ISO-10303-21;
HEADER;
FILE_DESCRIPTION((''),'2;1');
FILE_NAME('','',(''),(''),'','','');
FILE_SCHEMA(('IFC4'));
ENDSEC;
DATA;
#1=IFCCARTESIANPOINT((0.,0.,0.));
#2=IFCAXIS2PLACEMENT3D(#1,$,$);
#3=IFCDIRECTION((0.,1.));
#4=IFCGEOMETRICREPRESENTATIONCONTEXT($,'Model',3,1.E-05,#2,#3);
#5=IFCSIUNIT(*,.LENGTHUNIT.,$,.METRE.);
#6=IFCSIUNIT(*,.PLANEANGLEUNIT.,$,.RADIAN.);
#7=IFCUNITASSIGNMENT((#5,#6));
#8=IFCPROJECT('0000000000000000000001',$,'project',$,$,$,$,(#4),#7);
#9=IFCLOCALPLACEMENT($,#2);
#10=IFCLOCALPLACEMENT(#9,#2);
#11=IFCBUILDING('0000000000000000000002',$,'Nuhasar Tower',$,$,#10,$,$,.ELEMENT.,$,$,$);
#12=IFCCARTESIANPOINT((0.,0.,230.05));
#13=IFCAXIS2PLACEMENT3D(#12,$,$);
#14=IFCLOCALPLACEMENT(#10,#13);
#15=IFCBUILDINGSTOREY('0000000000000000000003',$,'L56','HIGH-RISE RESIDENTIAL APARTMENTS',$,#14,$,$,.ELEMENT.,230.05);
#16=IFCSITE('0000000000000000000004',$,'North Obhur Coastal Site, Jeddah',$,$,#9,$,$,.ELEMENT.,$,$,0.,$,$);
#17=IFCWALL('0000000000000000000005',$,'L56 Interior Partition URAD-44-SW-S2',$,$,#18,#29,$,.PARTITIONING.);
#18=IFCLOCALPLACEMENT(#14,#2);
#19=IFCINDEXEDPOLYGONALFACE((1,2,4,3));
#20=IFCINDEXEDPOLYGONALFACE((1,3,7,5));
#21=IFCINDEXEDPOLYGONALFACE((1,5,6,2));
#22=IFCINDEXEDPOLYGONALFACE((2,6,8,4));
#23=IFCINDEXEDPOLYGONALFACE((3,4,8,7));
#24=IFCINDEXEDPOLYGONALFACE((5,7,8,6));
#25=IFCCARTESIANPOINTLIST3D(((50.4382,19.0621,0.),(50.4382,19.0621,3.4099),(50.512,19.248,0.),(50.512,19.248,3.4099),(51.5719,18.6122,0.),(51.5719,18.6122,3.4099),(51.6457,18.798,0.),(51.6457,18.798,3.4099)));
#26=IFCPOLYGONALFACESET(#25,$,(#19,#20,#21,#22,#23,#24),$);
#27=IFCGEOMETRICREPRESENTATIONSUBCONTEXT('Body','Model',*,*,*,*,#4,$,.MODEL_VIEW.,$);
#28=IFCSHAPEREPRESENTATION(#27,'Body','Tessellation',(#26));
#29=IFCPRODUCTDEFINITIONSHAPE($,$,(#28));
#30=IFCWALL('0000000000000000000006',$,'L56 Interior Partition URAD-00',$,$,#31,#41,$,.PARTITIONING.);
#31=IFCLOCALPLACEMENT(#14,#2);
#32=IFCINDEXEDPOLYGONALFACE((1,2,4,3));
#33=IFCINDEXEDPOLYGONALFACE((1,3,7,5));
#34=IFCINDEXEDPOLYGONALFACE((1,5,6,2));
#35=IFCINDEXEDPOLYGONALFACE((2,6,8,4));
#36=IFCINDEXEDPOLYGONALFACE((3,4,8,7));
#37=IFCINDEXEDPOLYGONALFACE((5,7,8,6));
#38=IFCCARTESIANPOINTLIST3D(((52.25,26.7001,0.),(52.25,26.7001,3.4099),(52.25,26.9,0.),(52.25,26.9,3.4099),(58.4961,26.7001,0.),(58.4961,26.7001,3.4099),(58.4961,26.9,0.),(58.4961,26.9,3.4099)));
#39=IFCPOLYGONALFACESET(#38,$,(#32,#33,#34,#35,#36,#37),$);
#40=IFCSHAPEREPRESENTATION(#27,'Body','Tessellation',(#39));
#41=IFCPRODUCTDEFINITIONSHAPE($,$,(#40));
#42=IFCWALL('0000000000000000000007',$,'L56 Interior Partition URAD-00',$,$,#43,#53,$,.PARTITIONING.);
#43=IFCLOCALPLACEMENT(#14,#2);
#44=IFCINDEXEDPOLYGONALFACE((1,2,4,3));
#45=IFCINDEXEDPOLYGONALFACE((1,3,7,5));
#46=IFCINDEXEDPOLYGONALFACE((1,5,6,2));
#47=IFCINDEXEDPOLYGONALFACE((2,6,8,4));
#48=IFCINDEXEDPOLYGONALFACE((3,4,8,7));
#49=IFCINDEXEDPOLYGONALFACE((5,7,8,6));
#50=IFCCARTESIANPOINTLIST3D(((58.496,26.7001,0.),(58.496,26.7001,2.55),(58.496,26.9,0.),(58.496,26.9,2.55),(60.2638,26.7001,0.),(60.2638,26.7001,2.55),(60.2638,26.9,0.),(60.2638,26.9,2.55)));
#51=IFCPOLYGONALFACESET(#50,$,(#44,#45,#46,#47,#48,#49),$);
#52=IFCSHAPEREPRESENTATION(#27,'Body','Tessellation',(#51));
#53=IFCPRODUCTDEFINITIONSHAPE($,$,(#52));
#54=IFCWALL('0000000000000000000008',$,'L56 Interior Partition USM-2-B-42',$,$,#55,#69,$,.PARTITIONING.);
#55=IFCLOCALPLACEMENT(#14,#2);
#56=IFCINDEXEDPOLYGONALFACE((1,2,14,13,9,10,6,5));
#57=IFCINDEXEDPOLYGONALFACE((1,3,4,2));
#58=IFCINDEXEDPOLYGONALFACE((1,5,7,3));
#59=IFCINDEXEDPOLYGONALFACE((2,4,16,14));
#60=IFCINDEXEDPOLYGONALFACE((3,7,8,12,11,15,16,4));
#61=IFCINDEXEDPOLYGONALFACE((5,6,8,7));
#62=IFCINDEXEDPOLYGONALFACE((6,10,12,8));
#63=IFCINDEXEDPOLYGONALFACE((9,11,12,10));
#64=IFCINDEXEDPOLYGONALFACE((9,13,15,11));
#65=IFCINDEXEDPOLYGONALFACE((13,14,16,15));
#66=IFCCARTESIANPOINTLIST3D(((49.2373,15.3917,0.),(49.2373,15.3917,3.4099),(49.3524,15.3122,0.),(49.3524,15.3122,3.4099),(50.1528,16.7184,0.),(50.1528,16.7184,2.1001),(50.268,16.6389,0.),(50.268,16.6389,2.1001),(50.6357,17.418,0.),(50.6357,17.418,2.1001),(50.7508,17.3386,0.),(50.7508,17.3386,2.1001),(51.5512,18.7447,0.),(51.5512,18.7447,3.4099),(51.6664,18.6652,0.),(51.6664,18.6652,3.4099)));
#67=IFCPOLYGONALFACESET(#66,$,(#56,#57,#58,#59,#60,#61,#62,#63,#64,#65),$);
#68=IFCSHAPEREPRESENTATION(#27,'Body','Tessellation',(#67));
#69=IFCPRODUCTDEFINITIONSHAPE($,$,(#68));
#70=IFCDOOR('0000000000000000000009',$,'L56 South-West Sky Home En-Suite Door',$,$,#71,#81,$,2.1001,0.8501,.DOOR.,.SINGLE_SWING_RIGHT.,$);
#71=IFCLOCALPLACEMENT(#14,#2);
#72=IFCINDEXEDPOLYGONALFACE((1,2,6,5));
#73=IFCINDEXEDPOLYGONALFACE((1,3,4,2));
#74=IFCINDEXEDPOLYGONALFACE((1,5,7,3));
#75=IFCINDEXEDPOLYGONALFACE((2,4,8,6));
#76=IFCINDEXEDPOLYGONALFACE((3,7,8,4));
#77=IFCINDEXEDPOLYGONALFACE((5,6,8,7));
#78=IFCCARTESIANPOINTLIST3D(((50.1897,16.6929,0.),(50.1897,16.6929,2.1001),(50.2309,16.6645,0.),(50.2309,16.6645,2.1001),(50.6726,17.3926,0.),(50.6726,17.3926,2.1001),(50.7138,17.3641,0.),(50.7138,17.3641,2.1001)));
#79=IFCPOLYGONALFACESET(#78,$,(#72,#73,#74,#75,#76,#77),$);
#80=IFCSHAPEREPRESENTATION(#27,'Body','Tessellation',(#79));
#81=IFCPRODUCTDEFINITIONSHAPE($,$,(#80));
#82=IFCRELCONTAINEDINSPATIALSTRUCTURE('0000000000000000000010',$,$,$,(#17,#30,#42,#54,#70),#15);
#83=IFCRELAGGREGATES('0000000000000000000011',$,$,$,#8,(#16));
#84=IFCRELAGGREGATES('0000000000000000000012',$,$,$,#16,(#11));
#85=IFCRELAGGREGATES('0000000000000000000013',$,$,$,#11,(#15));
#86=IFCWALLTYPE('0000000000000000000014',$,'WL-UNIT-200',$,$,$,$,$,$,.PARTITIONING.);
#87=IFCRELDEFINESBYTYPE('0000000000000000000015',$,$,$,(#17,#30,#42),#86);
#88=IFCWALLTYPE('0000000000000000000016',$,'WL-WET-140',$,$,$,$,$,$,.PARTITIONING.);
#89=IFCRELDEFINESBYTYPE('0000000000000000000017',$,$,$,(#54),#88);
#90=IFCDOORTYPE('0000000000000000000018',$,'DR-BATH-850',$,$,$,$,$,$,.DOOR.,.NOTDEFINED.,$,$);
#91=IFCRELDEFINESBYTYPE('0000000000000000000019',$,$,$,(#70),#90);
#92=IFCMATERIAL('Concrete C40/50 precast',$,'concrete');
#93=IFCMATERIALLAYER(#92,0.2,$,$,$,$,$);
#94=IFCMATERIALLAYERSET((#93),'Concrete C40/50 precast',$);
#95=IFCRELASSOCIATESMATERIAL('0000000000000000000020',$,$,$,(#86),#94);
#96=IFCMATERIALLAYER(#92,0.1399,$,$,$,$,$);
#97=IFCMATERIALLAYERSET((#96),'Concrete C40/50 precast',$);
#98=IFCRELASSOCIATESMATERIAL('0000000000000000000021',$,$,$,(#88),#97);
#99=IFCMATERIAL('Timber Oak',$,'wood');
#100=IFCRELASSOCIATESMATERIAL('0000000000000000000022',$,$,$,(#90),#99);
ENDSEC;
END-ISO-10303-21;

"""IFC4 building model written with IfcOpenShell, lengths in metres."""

from ifc_helpers import new_model, si_unit, direction, frame, frame_2d, origin, place, context, subcontext, project, spatial, rectangle, extrude, material, layer, layer_set, type_object, element, fill, save


model = new_model("IFC4")

# Units and contexts
model_context = context("Model", 3, precision=1e-05, world=origin(), true_north=direction((0.0, 1.0)))
body_context = subcontext(model_context, "Body", "Model", "MODEL_VIEW")
ifc_project = project(units=[si_unit("LENGTHUNIT", "METRE"), si_unit("PLANEANGLEUNIT", "RADIAN")], contexts=[model_context])

# Site, building, storey
site_placement = place(None, origin())
site = spatial("IfcSite", under=ifc_project, at=site_placement, Name="North Obhur Coastal Site, Jeddah", CompositionType="ELEMENT", RefElevation=0.0)
building_placement = place(site_placement, origin())
building = spatial("IfcBuilding", under=site, at=building_placement, Name="Nuhasar Tower", CompositionType="ELEMENT")
storey_placement = place(building_placement, frame((0.0, 0.0, 230.05)))
storey = spatial("IfcBuildingStorey", under=building, at=storey_placement, Name="L56", Description="HIGH-RISE RESIDENTIAL APARTMENTS", CompositionType="ELEMENT", Elevation=230.05)

# Shared definitions
ifc_material_1 = material(Name="Timber Oak", Category="wood")

# Walls
ifc_material_2 = material(Name="Concrete C40/50 precast", Category="concrete")
ifc_layer_1 = layer(ifc_material_2, 0.2)
ifc_layer_set_1 = layer_set([ifc_layer_1], Name="Concrete C40/50 precast")
wall_type_1 = type_object("IfcWallType", Name="WL-UNIT-200", PredefinedType="PARTITIONING", material=ifc_layer_set_1)
wall_1_placement = place(storey_placement, frame((50.4751, 19.155, 0.0), z_axis=(0.0, 0.0, 1.0), x_axis=(0.929481, -0.36887, 0.0)))
element("IfcWall", 1, at=wall_1_placement, inside=storey, type_object=wall_type_1, Name="L56 Interior Partition URAD-44-SW-S2", PredefinedType="PARTITIONING", context=body_context, shape_type="SweptSolid", body=[
    extrude(rectangle(XDim=1.2197, YDim=0.2, at=frame_2d((0.6099, 0.0))), origin(), (0.0, 0.0, 1.0), 3.4099),
])
wall_2_placement = place(storey_placement, frame((52.25, 26.8, 0.0), z_axis=(0.0, 0.0, 1.0), x_axis=(1.0, 0.0, 0.0)))
element("IfcWall", 2, at=wall_2_placement, inside=storey, type_object=wall_type_1, Name="L56 Interior Partition URAD-00", PredefinedType="PARTITIONING", context=body_context, shape_type="SweptSolid", body=[
    extrude(rectangle(XDim=6.2461, YDim=0.2, at=frame_2d((3.123, 0.0))), origin(), (0.0, 0.0, 1.0), 3.4099),
])
wall_3_placement = place(storey_placement, frame((58.4961, 26.8, 0.0), z_axis=(0.0, 0.0, 1.0), x_axis=(1.0, 0.0, 0.0)))
element("IfcWall", 3, at=wall_3_placement, inside=storey, type_object=wall_type_1, Name="L56 Interior Partition URAD-00", PredefinedType="PARTITIONING", context=body_context, shape_type="SweptSolid", body=[
    extrude(rectangle(XDim=1.7678, YDim=0.2, at=frame_2d((0.8838, 0.0))), origin(), (0.0, 0.0, 1.0), 2.55),
])

# Wall, opening, door
ifc_layer_2 = layer(ifc_material_2, 0.1399)
ifc_layer_set_2 = layer_set([ifc_layer_2], Name="Concrete C40/50 precast")
wall_type_2 = type_object("IfcWallType", Name="WL-WET-140", PredefinedType="PARTITIONING", material=ifc_layer_set_2)
wall_4_placement = place(storey_placement, frame((51.6089, 18.7051, 0.0), z_axis=(0.0, 0.0, 1.0), x_axis=(-0.567988, -0.823037, 0.0)))
wall_4 = element("IfcWall", 4, at=wall_4_placement, inside=storey, type_object=wall_type_2, Name="L56 Interior Partition USM-2-B-42", PredefinedType="PARTITIONING", context=body_context, shape_type="SweptSolid", body=[
    extrude(rectangle(XDim=4.074, YDim=0.1399, at=frame_2d((2.0371, 0.0))), origin(), (0.0, 0.0, 1.0), 3.4099),
])
opening_1_placement = place(wall_4_placement, frame((1.6121, 0.0, 0.0)))
opening_1 = element("IfcOpeningElement", 5, at=opening_1_placement, cuts=wall_4, PredefinedType="OPENING", context=body_context, shape_type="SweptSolid", body=[
    extrude(rectangle(XDim=0.8501, YDim=2.1001, at=frame_2d((0.425, 1.05))), frame((0.0, 0.0801, 0.0), z_axis=(0.0, -1.0, 0.0), x_axis=(1.0, 0.0, 0.0)), (0.0, 0.0, 1.0), 0.1599),
])
door_type_1 = type_object("IfcDoorType", Name="DR-BATH-850", OperationType="NOTDEFINED", PredefinedType="DOOR", material=ifc_material_1)
door_1_placement = place(opening_1_placement, origin())
door_1 = element("IfcDoor", 6, at=door_1_placement, inside=storey, type_object=door_type_1, Name="L56 South-West Sky Home En-Suite Door", OperationType="SINGLE_SWING_RIGHT", OverallHeight=2.1001, OverallWidth=0.8501, PredefinedType="DOOR", context=body_context, shape_type="SweptSolid", body=[
    extrude(rectangle(XDim=0.8501, YDim=2.1001, at=frame_2d((0.425, 1.05))), frame((0.0, 0.0249, 0.0), z_axis=(0.0, -1.0, 0.0), x_axis=(1.0, 0.0, 0.0)), (0.0, 0.0, 1.0), 0.05),
])
fill(opening_1, door_1)

save(model, "model.ifc")
